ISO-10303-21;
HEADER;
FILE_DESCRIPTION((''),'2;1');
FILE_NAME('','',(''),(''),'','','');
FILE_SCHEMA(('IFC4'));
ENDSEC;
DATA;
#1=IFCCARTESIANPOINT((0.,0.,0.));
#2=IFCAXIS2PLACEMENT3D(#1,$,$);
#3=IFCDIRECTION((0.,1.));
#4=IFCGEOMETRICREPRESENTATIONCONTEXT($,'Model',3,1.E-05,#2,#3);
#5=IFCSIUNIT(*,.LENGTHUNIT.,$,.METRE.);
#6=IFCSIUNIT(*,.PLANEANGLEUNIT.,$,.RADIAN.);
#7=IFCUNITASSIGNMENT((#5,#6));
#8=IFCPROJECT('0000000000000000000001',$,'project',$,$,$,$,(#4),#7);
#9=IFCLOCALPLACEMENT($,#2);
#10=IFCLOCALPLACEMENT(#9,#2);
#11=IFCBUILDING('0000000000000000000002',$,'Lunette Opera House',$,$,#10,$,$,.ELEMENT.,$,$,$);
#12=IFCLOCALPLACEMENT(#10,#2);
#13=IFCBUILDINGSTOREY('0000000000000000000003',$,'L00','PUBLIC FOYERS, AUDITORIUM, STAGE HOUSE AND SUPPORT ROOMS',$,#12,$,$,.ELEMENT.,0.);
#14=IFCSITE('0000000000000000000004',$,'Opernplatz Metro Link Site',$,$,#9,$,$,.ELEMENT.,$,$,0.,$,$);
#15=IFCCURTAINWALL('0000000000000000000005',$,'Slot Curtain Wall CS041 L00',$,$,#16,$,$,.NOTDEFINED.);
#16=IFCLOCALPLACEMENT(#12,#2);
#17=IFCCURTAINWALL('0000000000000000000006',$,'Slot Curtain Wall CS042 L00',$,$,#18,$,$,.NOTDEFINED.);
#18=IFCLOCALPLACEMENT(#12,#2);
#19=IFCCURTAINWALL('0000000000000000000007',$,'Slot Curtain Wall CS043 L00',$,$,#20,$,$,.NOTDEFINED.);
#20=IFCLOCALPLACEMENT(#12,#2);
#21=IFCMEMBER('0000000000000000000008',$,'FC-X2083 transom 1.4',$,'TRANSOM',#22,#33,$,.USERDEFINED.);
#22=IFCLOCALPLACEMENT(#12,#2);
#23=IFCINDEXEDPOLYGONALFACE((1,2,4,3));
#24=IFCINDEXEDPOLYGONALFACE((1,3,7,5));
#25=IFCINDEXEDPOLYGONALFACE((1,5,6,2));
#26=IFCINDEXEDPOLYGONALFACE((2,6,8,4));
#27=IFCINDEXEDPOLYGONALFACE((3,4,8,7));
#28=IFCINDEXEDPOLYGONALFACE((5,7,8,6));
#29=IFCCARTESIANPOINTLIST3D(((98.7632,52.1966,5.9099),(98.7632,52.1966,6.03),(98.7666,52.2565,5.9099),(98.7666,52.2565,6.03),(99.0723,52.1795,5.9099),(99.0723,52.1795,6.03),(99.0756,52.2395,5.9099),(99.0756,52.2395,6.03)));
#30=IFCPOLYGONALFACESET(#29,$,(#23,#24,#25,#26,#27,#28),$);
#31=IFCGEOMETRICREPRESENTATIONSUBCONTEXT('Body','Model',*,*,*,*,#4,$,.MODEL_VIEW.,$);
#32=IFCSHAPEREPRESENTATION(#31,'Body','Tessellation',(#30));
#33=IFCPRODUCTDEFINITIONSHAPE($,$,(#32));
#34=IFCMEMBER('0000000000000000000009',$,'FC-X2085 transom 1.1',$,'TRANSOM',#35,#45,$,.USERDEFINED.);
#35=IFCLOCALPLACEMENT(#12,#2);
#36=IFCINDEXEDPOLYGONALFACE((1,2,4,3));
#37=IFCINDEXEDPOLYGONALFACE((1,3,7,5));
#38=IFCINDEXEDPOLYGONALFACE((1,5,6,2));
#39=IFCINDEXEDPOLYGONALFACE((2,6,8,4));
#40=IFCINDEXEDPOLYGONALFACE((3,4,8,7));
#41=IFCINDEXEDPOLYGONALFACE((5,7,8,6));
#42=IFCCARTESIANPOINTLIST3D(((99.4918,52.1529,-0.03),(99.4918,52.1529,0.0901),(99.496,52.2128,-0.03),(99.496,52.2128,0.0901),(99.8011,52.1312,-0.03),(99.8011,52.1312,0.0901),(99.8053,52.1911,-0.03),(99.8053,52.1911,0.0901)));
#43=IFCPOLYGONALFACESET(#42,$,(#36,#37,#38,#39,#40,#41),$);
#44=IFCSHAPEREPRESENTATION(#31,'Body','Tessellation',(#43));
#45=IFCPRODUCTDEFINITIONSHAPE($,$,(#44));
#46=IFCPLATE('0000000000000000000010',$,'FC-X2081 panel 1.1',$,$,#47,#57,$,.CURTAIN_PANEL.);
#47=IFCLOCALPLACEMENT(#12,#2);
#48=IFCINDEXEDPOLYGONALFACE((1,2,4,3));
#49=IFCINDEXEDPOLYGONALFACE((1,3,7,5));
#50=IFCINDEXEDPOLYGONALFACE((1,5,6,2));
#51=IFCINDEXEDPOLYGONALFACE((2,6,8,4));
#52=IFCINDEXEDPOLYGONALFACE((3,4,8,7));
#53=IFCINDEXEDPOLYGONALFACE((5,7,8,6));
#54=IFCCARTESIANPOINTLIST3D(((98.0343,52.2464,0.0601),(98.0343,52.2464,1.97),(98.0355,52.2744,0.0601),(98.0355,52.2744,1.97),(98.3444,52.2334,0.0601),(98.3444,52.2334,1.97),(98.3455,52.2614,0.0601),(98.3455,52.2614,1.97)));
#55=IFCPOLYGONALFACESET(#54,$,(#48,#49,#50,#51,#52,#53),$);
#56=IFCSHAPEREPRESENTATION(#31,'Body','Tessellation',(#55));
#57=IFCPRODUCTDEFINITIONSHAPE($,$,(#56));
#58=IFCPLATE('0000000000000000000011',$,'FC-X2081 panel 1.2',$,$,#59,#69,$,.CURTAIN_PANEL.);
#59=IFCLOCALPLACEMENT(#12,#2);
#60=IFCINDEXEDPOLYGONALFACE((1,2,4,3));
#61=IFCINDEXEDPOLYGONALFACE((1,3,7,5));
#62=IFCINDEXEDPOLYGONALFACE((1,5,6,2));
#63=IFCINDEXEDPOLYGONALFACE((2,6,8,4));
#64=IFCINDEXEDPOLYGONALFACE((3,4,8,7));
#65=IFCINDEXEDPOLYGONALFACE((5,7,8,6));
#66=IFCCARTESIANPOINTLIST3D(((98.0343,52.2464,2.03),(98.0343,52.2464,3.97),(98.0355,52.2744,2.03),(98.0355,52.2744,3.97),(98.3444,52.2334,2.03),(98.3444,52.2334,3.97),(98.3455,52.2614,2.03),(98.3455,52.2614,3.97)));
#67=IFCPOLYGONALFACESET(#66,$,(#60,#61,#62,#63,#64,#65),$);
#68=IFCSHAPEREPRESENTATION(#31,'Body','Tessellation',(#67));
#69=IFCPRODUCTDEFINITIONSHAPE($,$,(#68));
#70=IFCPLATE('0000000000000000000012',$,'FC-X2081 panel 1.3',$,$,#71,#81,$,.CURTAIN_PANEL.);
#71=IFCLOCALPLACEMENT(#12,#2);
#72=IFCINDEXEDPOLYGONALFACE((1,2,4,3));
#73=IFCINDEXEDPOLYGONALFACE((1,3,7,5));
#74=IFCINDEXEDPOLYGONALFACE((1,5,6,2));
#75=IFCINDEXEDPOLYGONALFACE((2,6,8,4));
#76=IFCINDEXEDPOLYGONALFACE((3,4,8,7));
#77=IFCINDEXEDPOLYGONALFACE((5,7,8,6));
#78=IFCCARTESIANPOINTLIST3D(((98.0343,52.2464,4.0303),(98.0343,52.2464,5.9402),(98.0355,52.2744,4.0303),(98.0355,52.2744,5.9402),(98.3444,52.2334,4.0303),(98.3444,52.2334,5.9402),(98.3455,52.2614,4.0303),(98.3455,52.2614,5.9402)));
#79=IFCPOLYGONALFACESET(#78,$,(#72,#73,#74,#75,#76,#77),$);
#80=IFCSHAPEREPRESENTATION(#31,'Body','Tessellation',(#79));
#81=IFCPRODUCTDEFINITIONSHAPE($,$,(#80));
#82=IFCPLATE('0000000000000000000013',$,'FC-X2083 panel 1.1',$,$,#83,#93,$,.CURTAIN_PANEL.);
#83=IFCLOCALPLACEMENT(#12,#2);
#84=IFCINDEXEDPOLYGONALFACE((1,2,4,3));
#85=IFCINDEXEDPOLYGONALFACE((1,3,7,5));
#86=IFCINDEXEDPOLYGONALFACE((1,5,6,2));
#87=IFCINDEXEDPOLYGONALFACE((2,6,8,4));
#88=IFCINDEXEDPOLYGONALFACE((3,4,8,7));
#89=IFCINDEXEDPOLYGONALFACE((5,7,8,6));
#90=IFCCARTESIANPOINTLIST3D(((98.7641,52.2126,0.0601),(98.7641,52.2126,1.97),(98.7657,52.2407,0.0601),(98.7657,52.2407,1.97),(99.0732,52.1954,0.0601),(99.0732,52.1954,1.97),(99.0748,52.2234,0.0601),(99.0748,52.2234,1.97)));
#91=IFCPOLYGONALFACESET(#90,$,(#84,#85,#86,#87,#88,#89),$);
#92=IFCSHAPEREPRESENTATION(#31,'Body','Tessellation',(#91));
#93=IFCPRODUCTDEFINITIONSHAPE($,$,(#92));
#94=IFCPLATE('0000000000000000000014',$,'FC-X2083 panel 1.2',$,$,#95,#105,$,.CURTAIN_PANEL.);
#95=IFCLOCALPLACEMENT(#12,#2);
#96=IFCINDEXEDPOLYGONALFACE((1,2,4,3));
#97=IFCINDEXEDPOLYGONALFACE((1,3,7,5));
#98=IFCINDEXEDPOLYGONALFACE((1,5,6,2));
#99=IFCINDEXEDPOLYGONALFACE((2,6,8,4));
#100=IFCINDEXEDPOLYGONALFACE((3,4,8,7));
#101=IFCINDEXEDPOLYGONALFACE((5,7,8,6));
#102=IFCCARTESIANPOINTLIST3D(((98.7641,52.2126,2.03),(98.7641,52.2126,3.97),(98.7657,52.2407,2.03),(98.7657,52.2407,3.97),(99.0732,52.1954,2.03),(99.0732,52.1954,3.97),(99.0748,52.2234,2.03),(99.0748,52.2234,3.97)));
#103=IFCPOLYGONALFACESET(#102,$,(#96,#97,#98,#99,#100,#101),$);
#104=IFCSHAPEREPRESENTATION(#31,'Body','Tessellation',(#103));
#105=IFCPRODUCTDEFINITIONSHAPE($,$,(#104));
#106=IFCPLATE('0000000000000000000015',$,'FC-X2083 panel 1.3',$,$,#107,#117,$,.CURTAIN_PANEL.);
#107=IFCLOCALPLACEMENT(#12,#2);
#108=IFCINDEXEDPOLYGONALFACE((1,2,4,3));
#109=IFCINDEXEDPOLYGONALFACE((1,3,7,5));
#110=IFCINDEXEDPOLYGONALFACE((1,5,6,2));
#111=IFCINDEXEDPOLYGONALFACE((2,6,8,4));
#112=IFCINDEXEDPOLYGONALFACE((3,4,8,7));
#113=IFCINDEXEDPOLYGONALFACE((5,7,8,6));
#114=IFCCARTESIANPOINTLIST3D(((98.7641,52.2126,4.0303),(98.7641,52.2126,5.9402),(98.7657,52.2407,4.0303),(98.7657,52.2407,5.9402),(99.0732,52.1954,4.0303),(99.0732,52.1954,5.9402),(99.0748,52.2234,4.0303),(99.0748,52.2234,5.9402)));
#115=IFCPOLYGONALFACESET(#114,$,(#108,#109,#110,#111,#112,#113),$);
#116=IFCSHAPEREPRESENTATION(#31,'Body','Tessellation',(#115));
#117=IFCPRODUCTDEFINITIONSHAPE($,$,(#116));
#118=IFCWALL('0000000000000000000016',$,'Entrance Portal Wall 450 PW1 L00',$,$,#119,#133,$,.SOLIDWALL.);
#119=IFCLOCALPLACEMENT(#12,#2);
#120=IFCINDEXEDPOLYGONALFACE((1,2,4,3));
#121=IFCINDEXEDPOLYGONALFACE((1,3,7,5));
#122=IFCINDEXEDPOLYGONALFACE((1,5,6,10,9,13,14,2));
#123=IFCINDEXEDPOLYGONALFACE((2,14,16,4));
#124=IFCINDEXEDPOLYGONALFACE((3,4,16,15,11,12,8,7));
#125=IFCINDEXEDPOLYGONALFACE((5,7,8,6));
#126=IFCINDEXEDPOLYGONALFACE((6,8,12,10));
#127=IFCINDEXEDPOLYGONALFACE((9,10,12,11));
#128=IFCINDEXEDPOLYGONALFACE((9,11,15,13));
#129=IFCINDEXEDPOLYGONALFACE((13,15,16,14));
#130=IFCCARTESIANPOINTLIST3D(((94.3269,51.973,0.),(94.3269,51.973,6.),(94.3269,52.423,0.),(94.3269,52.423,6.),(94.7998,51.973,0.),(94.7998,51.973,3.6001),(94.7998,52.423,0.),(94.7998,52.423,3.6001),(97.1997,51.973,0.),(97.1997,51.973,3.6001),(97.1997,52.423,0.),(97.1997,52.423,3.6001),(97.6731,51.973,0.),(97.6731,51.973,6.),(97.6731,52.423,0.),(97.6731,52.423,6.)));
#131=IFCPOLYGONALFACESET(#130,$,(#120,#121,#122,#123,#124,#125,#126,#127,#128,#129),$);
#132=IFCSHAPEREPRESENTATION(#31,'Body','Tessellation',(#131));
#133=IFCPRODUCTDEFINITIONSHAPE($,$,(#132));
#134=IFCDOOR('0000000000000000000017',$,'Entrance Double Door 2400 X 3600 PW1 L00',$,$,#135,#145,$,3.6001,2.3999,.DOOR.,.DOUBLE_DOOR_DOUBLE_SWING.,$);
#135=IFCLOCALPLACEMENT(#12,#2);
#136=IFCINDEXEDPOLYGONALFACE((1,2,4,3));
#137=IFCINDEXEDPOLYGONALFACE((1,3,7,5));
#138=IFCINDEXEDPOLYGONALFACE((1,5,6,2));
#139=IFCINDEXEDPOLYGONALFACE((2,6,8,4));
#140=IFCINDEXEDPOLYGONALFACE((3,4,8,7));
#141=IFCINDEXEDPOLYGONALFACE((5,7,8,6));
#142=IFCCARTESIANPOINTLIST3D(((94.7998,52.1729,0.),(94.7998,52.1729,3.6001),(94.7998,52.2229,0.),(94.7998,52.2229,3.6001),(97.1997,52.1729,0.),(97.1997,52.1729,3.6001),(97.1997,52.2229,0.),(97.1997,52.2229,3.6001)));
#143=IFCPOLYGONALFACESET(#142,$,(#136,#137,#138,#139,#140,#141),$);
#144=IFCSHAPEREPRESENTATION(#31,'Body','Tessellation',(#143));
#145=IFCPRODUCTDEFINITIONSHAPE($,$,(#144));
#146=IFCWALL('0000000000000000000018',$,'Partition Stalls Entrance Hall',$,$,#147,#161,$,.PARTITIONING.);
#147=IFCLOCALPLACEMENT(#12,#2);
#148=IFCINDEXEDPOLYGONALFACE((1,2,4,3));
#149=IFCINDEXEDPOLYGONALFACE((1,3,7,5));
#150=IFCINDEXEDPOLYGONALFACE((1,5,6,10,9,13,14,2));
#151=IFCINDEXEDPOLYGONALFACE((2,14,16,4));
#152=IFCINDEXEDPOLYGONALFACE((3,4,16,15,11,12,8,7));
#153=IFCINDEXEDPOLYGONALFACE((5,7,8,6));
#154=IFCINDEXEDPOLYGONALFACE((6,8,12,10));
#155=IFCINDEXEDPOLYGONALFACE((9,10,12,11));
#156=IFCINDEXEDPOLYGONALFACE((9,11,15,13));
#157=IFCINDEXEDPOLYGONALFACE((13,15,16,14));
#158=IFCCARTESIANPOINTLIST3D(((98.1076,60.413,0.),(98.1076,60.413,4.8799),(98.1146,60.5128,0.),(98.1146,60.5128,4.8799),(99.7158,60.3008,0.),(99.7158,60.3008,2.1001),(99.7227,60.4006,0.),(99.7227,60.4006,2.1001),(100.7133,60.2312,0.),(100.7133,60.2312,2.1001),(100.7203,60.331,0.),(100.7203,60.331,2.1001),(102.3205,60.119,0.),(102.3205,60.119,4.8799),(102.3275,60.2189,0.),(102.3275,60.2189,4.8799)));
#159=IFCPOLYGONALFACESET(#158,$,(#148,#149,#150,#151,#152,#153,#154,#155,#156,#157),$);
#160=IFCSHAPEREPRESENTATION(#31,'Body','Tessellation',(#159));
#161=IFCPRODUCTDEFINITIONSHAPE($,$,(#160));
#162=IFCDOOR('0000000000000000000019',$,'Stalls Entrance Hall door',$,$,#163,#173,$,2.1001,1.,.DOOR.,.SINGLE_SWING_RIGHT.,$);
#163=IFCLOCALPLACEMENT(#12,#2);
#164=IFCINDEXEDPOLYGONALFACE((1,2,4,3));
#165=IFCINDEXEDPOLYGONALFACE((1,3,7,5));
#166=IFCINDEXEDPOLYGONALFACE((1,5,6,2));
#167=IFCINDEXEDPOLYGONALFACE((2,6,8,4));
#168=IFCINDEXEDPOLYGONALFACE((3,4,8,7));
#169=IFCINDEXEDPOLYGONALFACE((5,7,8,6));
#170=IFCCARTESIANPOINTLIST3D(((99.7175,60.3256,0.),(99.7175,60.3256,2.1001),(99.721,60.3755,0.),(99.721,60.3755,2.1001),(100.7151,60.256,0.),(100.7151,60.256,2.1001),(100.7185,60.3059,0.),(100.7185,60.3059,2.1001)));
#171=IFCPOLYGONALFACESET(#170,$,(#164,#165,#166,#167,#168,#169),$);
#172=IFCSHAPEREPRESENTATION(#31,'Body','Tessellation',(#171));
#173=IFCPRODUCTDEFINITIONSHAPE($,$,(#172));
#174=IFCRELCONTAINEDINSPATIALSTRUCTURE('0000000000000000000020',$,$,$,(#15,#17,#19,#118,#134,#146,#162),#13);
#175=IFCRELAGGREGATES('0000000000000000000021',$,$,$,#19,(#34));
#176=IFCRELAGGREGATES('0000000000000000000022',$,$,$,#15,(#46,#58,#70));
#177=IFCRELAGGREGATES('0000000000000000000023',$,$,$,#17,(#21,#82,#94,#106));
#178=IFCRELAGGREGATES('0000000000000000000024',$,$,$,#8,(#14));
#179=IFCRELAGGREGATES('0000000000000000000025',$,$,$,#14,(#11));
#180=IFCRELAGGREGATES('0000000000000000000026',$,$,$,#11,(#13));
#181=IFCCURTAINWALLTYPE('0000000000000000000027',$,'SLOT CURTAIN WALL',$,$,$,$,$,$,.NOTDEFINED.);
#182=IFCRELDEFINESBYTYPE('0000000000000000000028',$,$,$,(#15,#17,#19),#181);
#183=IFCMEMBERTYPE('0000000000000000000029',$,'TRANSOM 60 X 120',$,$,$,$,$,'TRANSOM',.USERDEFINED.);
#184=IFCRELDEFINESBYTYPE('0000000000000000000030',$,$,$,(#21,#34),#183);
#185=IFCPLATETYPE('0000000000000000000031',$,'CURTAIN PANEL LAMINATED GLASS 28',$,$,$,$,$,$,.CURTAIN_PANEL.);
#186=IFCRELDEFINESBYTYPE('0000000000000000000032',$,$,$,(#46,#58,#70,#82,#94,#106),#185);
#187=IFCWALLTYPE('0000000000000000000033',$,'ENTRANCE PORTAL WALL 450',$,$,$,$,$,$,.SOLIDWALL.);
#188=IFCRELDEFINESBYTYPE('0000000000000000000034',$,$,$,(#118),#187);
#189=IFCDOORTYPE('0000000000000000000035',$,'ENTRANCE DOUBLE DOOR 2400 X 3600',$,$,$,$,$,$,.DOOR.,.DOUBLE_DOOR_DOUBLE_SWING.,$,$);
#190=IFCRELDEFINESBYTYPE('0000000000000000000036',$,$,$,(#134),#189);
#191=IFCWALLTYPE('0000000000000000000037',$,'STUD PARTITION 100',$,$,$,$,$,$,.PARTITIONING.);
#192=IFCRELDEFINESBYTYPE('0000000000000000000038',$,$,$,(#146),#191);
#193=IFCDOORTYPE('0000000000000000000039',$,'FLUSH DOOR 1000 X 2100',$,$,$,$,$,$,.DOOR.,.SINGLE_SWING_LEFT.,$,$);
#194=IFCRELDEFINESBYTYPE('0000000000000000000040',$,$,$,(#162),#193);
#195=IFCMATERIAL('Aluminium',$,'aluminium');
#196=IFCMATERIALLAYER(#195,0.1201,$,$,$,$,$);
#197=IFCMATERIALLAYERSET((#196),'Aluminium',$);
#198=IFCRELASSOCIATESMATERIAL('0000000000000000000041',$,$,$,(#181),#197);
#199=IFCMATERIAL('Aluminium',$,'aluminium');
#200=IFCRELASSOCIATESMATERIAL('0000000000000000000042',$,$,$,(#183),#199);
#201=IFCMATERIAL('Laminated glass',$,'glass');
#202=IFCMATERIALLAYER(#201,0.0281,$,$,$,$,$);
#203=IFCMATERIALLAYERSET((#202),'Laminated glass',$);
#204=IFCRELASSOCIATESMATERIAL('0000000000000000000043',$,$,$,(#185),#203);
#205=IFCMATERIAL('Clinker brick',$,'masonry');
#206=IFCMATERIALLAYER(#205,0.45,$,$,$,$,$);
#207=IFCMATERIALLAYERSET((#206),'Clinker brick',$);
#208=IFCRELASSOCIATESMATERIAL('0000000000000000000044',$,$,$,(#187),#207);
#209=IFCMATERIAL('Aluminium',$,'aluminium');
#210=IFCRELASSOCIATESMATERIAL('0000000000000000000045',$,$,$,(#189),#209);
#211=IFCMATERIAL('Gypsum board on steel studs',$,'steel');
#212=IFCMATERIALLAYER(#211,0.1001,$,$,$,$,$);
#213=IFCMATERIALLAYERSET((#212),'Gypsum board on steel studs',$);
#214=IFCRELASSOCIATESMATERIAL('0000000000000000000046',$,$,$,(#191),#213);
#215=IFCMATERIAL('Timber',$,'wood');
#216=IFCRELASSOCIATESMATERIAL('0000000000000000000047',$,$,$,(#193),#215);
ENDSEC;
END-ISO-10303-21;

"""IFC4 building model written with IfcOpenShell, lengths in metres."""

from ifc_helpers import new_model, si_unit, direction, frame, frame_2d, origin, origin_2d, place, context, subcontext, project, spatial, rectangle, extrude, material, layer, layer_set, material_profile, profile_set, type_object, element, fill, aggregate, save


model = new_model("IFC4")

# Units and contexts
model_context = context("Model", 3, precision=1e-05, world=origin(), true_north=direction((0.0, 1.0)))
body_context = subcontext(model_context, "Body", "Model", "MODEL_VIEW")
ifc_project = project(units=[si_unit("LENGTHUNIT", "METRE"), si_unit("PLANEANGLEUNIT", "RADIAN")], contexts=[model_context])

# Site, building, storey
site_placement = place(None, origin())
site = spatial("IfcSite", under=ifc_project, at=site_placement, Name="Opernplatz Metro Link Site", CompositionType="ELEMENT", RefElevation=0.0)
building_placement = place(site_placement, origin())
building = spatial("IfcBuilding", under=site, at=building_placement, Name="Lunette Opera House", CompositionType="ELEMENT")
storey_placement = place(building_placement, origin())
storey = spatial("IfcBuildingStorey", under=building, at=storey_placement, Name="L00", Description="PUBLIC FOYERS, AUDITORIUM, STAGE HOUSE AND SUPPORT ROOMS", CompositionType="ELEMENT", Elevation=0.0)

# Curtain walls
ifc_material_1 = material(Name="Aluminium", Category="aluminium")
ifc_layer_1 = layer(ifc_material_1, 0.1201)
ifc_layer_set_1 = layer_set([ifc_layer_1], Name="Aluminium")
curtain_wall_type = type_object("IfcCurtainWallType", Name="SLOT CURTAIN WALL", PredefinedType="NOTDEFINED", material=ifc_layer_set_1)
curtain_wall_1_placement = place(storey_placement, origin())
curtain_wall_1 = element("IfcCurtainWall", 1, at=curtain_wall_1_placement, inside=storey, type_object=curtain_wall_type, Name="Slot Curtain Wall CS041 L00", PredefinedType="NOTDEFINED")
curtain_wall_2_placement = place(storey_placement, origin())
curtain_wall_2 = element("IfcCurtainWall", 2, at=curtain_wall_2_placement, inside=storey, type_object=curtain_wall_type, Name="Slot Curtain Wall CS042 L00", PredefinedType="NOTDEFINED")

# Curtain wall
curtain_wall_3_placement = place(storey_placement, origin())
curtain_wall_3 = element("IfcCurtainWall", 3, at=curtain_wall_3_placement, inside=storey, type_object=curtain_wall_type, Name="Slot Curtain Wall CS043 L00", PredefinedType="NOTDEFINED")

# Members
ifc_material_2 = material(Name="Aluminium", Category="aluminium")
ifc_material_profile_1 = material_profile(ifc_material_2, rectangle(XDim=0.0601, YDim=0.1201, at=origin_2d()), Name="TRANSOM 60 X 120")
ifc_profile_set_1 = profile_set([ifc_material_profile_1], Name="Aluminium")
member_type_1 = type_object("IfcMemberType", Name="TRANSOM 60 X 120", ElementType="TRANSOM", PredefinedType="USERDEFINED", material=ifc_profile_set_1)
member_1_placement = place(storey_placement, frame((98.7649, 52.2266, 5.97), z_axis=(0.998475, -0.055208, 0.0), x_axis=(0.055208, 0.998475, 0.0)))
member_1 = element("IfcMember", 4, at=member_1_placement, type_object=member_type_1, Name="FC-X2083 transom 1.4", ObjectType="TRANSOM", PredefinedType="USERDEFINED", context=body_context, shape_type="SweptSolid", body=[
    extrude(rectangle(XDim=0.0601, YDim=0.1201, at=origin_2d()), origin(), (0.0, 0.0, 1.0), 0.3096),
])
member_2_placement = place(storey_placement, frame((99.4939, 52.1829, 0.03), z_axis=(0.997542, -0.070072, 0.0), x_axis=(0.070072, 0.997542, 0.0)))
member_2 = element("IfcMember", 5, at=member_2_placement, type_object=member_type_1, Name="FC-X2085 transom 1.1", ObjectType="TRANSOM", PredefinedType="USERDEFINED", context=body_context, shape_type="SweptSolid", body=[
    extrude(rectangle(XDim=0.0601, YDim=0.1201, at=origin_2d()), origin(), (0.0, 0.0, 1.0), 0.3101),
])
aggregate(curtain_wall_3, [member_2])

# Plates
ifc_material_3 = material(Name="Laminated glass", Category="glass")
ifc_layer_2 = layer(ifc_material_3, 0.0281)
ifc_layer_set_2 = layer_set([ifc_layer_2], Name="Laminated glass")
plate_type = type_object("IfcPlateType", Name="CURTAIN PANEL LAMINATED GLASS 28", PredefinedType="CURTAIN_PANEL", material=ifc_layer_set_2)
plate_1_placement = place(storey_placement, frame((98.1899, 52.2539, 0.0601), z_axis=(0.0, 0.0, 1.0), x_axis=(0.999125, -0.041824, 0.0)))
plate_1 = element("IfcPlate", 6, at=plate_1_placement, type_object=plate_type, Name="FC-X2081 panel 1.1", PredefinedType="CURTAIN_PANEL", context=body_context, shape_type="SweptSolid", body=[
    extrude(rectangle(XDim=0.3103, YDim=0.0281, at=origin_2d()), origin(), (0.0, 0.0, 1.0), 1.9099),
])
plate_2_placement = place(storey_placement, frame((98.1899, 52.2539, 2.03), z_axis=(0.0, 0.0, 1.0), x_axis=(0.999125, -0.041824, 0.0)))
plate_2 = element("IfcPlate", 7, at=plate_2_placement, type_object=plate_type, Name="FC-X2081 panel 1.2", PredefinedType="CURTAIN_PANEL", context=body_context, shape_type="SweptSolid", body=[
    extrude(rectangle(XDim=0.3103, YDim=0.0281, at=origin_2d()), origin(), (0.0, 0.0, 1.0), 1.9399),
])
plate_3_placement = place(storey_placement, frame((98.1899, 52.2539, 4.0303), z_axis=(0.0, 0.0, 1.0), x_axis=(0.999125, -0.041824, 0.0)))
plate_3 = element("IfcPlate", 8, at=plate_3_placement, type_object=plate_type, Name="FC-X2081 panel 1.3", PredefinedType="CURTAIN_PANEL", context=body_context, shape_type="SweptSolid", body=[
    extrude(rectangle(XDim=0.3103, YDim=0.0281, at=origin_2d()), origin(), (0.0, 0.0, 1.0), 1.9099),
])
aggregate(curtain_wall_1, [plate_1, plate_2, plate_3])
plate_4_placement = place(storey_placement, frame((98.9194, 52.218, 0.0601), z_axis=(0.0, 0.0, 1.0), x_axis=(0.998439, -0.055857, 0.0)))
plate_4 = element("IfcPlate", 9, at=plate_4_placement, type_object=plate_type, Name="FC-X2083 panel 1.1", PredefinedType="CURTAIN_PANEL", context=body_context, shape_type="SweptSolid", body=[
    extrude(rectangle(XDim=0.3096, YDim=0.0281, at=origin_2d()), origin(), (0.0, 0.0, 1.0), 1.9099),
])
plate_5_placement = place(storey_placement, frame((98.9194, 52.218, 2.03), z_axis=(0.0, 0.0, 1.0), x_axis=(0.998439, -0.055857, 0.0)))
plate_5 = element("IfcPlate", 10, at=plate_5_placement, type_object=plate_type, Name="FC-X2083 panel 1.2", PredefinedType="CURTAIN_PANEL", context=body_context, shape_type="SweptSolid", body=[
    extrude(rectangle(XDim=0.3096, YDim=0.0281, at=origin_2d()), origin(), (0.0, 0.0, 1.0), 1.9399),
])
plate_6_placement = place(storey_placement, frame((98.9194, 52.218, 4.0303), z_axis=(0.0, 0.0, 1.0), x_axis=(0.998439, -0.055857, 0.0)))
plate_6 = element("IfcPlate", 11, at=plate_6_placement, type_object=plate_type, Name="FC-X2083 panel 1.3", PredefinedType="CURTAIN_PANEL", context=body_context, shape_type="SweptSolid", body=[
    extrude(rectangle(XDim=0.3096, YDim=0.0281, at=origin_2d()), origin(), (0.0, 0.0, 1.0), 1.9099),
])
aggregate(curtain_wall_2, [member_1, plate_4, plate_5, plate_6])

# Walls, openings, doors
ifc_material_4 = material(Name="Clinker brick", Category="masonry")
ifc_layer_3 = layer(ifc_material_4, 0.45)
ifc_layer_set_3 = layer_set([ifc_layer_3], Name="Clinker brick")
wall_type_1 = type_object("IfcWallType", Name="ENTRANCE PORTAL WALL 450", PredefinedType="SOLIDWALL", material=ifc_layer_set_3)
wall_1_placement = place(storey_placement, frame((94.3269, 52.198, 0.0), z_axis=(0.0, 0.0, 1.0), x_axis=(1.0, 0.0, 0.0)))
wall_1 = element("IfcWall", 12, at=wall_1_placement, inside=storey, type_object=wall_type_1, Name="Entrance Portal Wall 450 PW1 L00", PredefinedType="SOLIDWALL", context=body_context, shape_type="SweptSolid", body=[
    extrude(rectangle(XDim=3.3462, YDim=0.45, at=frame_2d((1.6731, 0.0))), origin(), (0.0, 0.0, 1.0), 6.0),
])
opening_1_placement = place(wall_1_placement, frame((0.4729, 0.0, 0.0)))
opening_1 = element("IfcOpeningElement", 13, at=opening_1_placement, cuts=wall_1, PredefinedType="OPENING", context=body_context, shape_type="SweptSolid", body=[
    extrude(rectangle(XDim=2.3999, YDim=3.6001, at=frame_2d((1.2, 1.8))), frame((0.0, 0.2371, 0.0), z_axis=(0.0, -1.0, 0.0), x_axis=(1.0, 0.0, 0.0)), (0.0, 0.0, 1.0), 0.4739),
])
ifc_material_5 = material(Name="Aluminium", Category="aluminium")
door_type_1 = type_object("IfcDoorType", Name="ENTRANCE DOUBLE DOOR 2400 X 3600", OperationType="DOUBLE_DOOR_DOUBLE_SWING", PredefinedType="DOOR", material=ifc_material_5)
door_1_placement = place(opening_1_placement, origin())
door_1 = element("IfcDoor", 14, at=door_1_placement, inside=storey, type_object=door_type_1, Name="Entrance Double Door 2400 X 3600 PW1 L00", OperationType="DOUBLE_DOOR_DOUBLE_SWING", OverallHeight=3.6001, OverallWidth=2.3999, PredefinedType="DOOR", context=body_context, shape_type="SweptSolid", body=[
    extrude(rectangle(XDim=2.3999, YDim=3.6001, at=frame_2d((1.2, 1.8))), frame((0.0, 0.0249, 0.0), z_axis=(0.0, -1.0, 0.0), x_axis=(1.0, 0.0, 0.0)), (0.0, 0.0, 1.0), 0.05),
])
fill(opening_1, door_1)
ifc_material_6 = material(Name="Gypsum board on steel studs", Category="steel")
ifc_layer_4 = layer(ifc_material_6, 0.1001)
ifc_layer_set_4 = layer_set([ifc_layer_4], Name="Gypsum board on steel studs")
wall_type_2 = type_object("IfcWallType", Name="STUD PARTITION 100", PredefinedType="PARTITIONING", material=ifc_layer_set_4)
wall_2_placement = place(storey_placement, frame((98.1111, 60.4629, 0.0), z_axis=(0.0, 0.0, 1.0), x_axis=(0.997575, -0.069604, 0.0)))
wall_2 = element("IfcWall", 15, at=wall_2_placement, inside=storey, type_object=wall_type_2, Name="Partition Stalls Entrance Hall", PredefinedType="PARTITIONING", context=body_context, shape_type="SweptSolid", body=[
    extrude(rectangle(XDim=4.2231, YDim=0.1001, at=frame_2d((2.1116, 0.0))), origin(), (0.0, 0.0, 1.0), 4.8799),
])
opening_2_placement = place(wall_2_placement, frame((1.6121, 0.0, 0.0)))
opening_2 = element("IfcOpeningElement", 16, at=opening_2_placement, cuts=wall_2, PredefinedType="OPENING", context=body_context, shape_type="SweptSolid", body=[
    extrude(rectangle(XDim=1.0, YDim=2.1001, at=frame_2d((0.5, 1.05))), frame((0.0, 0.062, 0.0), z_axis=(0.0, -1.0, 0.0), x_axis=(1.0, 0.0, 0.0)), (0.0, 0.0, 1.0), 0.124),
])
ifc_material_7 = material(Name="Timber", Category="wood")
door_type_2 = type_object("IfcDoorType", Name="FLUSH DOOR 1000 X 2100", OperationType="SINGLE_SWING_LEFT", PredefinedType="DOOR", material=ifc_material_7)
door_2_placement = place(opening_2_placement, origin())
door_2 = element("IfcDoor", 17, at=door_2_placement, inside=storey, type_object=door_type_2, Name="Stalls Entrance Hall door", OperationType="SINGLE_SWING_RIGHT", OverallHeight=2.1001, OverallWidth=1.0, PredefinedType="DOOR", context=body_context, shape_type="SweptSolid", body=[
    extrude(rectangle(XDim=1.0, YDim=2.1001, at=frame_2d((0.5, 1.05))), frame((0.0, 0.0249, 0.0), z_axis=(0.0, -1.0, 0.0), x_axis=(1.0, 0.0, 0.0)), (0.0, 0.0, 1.0), 0.05),
])
fill(opening_2, door_2)

save(model, "model.ifc")
